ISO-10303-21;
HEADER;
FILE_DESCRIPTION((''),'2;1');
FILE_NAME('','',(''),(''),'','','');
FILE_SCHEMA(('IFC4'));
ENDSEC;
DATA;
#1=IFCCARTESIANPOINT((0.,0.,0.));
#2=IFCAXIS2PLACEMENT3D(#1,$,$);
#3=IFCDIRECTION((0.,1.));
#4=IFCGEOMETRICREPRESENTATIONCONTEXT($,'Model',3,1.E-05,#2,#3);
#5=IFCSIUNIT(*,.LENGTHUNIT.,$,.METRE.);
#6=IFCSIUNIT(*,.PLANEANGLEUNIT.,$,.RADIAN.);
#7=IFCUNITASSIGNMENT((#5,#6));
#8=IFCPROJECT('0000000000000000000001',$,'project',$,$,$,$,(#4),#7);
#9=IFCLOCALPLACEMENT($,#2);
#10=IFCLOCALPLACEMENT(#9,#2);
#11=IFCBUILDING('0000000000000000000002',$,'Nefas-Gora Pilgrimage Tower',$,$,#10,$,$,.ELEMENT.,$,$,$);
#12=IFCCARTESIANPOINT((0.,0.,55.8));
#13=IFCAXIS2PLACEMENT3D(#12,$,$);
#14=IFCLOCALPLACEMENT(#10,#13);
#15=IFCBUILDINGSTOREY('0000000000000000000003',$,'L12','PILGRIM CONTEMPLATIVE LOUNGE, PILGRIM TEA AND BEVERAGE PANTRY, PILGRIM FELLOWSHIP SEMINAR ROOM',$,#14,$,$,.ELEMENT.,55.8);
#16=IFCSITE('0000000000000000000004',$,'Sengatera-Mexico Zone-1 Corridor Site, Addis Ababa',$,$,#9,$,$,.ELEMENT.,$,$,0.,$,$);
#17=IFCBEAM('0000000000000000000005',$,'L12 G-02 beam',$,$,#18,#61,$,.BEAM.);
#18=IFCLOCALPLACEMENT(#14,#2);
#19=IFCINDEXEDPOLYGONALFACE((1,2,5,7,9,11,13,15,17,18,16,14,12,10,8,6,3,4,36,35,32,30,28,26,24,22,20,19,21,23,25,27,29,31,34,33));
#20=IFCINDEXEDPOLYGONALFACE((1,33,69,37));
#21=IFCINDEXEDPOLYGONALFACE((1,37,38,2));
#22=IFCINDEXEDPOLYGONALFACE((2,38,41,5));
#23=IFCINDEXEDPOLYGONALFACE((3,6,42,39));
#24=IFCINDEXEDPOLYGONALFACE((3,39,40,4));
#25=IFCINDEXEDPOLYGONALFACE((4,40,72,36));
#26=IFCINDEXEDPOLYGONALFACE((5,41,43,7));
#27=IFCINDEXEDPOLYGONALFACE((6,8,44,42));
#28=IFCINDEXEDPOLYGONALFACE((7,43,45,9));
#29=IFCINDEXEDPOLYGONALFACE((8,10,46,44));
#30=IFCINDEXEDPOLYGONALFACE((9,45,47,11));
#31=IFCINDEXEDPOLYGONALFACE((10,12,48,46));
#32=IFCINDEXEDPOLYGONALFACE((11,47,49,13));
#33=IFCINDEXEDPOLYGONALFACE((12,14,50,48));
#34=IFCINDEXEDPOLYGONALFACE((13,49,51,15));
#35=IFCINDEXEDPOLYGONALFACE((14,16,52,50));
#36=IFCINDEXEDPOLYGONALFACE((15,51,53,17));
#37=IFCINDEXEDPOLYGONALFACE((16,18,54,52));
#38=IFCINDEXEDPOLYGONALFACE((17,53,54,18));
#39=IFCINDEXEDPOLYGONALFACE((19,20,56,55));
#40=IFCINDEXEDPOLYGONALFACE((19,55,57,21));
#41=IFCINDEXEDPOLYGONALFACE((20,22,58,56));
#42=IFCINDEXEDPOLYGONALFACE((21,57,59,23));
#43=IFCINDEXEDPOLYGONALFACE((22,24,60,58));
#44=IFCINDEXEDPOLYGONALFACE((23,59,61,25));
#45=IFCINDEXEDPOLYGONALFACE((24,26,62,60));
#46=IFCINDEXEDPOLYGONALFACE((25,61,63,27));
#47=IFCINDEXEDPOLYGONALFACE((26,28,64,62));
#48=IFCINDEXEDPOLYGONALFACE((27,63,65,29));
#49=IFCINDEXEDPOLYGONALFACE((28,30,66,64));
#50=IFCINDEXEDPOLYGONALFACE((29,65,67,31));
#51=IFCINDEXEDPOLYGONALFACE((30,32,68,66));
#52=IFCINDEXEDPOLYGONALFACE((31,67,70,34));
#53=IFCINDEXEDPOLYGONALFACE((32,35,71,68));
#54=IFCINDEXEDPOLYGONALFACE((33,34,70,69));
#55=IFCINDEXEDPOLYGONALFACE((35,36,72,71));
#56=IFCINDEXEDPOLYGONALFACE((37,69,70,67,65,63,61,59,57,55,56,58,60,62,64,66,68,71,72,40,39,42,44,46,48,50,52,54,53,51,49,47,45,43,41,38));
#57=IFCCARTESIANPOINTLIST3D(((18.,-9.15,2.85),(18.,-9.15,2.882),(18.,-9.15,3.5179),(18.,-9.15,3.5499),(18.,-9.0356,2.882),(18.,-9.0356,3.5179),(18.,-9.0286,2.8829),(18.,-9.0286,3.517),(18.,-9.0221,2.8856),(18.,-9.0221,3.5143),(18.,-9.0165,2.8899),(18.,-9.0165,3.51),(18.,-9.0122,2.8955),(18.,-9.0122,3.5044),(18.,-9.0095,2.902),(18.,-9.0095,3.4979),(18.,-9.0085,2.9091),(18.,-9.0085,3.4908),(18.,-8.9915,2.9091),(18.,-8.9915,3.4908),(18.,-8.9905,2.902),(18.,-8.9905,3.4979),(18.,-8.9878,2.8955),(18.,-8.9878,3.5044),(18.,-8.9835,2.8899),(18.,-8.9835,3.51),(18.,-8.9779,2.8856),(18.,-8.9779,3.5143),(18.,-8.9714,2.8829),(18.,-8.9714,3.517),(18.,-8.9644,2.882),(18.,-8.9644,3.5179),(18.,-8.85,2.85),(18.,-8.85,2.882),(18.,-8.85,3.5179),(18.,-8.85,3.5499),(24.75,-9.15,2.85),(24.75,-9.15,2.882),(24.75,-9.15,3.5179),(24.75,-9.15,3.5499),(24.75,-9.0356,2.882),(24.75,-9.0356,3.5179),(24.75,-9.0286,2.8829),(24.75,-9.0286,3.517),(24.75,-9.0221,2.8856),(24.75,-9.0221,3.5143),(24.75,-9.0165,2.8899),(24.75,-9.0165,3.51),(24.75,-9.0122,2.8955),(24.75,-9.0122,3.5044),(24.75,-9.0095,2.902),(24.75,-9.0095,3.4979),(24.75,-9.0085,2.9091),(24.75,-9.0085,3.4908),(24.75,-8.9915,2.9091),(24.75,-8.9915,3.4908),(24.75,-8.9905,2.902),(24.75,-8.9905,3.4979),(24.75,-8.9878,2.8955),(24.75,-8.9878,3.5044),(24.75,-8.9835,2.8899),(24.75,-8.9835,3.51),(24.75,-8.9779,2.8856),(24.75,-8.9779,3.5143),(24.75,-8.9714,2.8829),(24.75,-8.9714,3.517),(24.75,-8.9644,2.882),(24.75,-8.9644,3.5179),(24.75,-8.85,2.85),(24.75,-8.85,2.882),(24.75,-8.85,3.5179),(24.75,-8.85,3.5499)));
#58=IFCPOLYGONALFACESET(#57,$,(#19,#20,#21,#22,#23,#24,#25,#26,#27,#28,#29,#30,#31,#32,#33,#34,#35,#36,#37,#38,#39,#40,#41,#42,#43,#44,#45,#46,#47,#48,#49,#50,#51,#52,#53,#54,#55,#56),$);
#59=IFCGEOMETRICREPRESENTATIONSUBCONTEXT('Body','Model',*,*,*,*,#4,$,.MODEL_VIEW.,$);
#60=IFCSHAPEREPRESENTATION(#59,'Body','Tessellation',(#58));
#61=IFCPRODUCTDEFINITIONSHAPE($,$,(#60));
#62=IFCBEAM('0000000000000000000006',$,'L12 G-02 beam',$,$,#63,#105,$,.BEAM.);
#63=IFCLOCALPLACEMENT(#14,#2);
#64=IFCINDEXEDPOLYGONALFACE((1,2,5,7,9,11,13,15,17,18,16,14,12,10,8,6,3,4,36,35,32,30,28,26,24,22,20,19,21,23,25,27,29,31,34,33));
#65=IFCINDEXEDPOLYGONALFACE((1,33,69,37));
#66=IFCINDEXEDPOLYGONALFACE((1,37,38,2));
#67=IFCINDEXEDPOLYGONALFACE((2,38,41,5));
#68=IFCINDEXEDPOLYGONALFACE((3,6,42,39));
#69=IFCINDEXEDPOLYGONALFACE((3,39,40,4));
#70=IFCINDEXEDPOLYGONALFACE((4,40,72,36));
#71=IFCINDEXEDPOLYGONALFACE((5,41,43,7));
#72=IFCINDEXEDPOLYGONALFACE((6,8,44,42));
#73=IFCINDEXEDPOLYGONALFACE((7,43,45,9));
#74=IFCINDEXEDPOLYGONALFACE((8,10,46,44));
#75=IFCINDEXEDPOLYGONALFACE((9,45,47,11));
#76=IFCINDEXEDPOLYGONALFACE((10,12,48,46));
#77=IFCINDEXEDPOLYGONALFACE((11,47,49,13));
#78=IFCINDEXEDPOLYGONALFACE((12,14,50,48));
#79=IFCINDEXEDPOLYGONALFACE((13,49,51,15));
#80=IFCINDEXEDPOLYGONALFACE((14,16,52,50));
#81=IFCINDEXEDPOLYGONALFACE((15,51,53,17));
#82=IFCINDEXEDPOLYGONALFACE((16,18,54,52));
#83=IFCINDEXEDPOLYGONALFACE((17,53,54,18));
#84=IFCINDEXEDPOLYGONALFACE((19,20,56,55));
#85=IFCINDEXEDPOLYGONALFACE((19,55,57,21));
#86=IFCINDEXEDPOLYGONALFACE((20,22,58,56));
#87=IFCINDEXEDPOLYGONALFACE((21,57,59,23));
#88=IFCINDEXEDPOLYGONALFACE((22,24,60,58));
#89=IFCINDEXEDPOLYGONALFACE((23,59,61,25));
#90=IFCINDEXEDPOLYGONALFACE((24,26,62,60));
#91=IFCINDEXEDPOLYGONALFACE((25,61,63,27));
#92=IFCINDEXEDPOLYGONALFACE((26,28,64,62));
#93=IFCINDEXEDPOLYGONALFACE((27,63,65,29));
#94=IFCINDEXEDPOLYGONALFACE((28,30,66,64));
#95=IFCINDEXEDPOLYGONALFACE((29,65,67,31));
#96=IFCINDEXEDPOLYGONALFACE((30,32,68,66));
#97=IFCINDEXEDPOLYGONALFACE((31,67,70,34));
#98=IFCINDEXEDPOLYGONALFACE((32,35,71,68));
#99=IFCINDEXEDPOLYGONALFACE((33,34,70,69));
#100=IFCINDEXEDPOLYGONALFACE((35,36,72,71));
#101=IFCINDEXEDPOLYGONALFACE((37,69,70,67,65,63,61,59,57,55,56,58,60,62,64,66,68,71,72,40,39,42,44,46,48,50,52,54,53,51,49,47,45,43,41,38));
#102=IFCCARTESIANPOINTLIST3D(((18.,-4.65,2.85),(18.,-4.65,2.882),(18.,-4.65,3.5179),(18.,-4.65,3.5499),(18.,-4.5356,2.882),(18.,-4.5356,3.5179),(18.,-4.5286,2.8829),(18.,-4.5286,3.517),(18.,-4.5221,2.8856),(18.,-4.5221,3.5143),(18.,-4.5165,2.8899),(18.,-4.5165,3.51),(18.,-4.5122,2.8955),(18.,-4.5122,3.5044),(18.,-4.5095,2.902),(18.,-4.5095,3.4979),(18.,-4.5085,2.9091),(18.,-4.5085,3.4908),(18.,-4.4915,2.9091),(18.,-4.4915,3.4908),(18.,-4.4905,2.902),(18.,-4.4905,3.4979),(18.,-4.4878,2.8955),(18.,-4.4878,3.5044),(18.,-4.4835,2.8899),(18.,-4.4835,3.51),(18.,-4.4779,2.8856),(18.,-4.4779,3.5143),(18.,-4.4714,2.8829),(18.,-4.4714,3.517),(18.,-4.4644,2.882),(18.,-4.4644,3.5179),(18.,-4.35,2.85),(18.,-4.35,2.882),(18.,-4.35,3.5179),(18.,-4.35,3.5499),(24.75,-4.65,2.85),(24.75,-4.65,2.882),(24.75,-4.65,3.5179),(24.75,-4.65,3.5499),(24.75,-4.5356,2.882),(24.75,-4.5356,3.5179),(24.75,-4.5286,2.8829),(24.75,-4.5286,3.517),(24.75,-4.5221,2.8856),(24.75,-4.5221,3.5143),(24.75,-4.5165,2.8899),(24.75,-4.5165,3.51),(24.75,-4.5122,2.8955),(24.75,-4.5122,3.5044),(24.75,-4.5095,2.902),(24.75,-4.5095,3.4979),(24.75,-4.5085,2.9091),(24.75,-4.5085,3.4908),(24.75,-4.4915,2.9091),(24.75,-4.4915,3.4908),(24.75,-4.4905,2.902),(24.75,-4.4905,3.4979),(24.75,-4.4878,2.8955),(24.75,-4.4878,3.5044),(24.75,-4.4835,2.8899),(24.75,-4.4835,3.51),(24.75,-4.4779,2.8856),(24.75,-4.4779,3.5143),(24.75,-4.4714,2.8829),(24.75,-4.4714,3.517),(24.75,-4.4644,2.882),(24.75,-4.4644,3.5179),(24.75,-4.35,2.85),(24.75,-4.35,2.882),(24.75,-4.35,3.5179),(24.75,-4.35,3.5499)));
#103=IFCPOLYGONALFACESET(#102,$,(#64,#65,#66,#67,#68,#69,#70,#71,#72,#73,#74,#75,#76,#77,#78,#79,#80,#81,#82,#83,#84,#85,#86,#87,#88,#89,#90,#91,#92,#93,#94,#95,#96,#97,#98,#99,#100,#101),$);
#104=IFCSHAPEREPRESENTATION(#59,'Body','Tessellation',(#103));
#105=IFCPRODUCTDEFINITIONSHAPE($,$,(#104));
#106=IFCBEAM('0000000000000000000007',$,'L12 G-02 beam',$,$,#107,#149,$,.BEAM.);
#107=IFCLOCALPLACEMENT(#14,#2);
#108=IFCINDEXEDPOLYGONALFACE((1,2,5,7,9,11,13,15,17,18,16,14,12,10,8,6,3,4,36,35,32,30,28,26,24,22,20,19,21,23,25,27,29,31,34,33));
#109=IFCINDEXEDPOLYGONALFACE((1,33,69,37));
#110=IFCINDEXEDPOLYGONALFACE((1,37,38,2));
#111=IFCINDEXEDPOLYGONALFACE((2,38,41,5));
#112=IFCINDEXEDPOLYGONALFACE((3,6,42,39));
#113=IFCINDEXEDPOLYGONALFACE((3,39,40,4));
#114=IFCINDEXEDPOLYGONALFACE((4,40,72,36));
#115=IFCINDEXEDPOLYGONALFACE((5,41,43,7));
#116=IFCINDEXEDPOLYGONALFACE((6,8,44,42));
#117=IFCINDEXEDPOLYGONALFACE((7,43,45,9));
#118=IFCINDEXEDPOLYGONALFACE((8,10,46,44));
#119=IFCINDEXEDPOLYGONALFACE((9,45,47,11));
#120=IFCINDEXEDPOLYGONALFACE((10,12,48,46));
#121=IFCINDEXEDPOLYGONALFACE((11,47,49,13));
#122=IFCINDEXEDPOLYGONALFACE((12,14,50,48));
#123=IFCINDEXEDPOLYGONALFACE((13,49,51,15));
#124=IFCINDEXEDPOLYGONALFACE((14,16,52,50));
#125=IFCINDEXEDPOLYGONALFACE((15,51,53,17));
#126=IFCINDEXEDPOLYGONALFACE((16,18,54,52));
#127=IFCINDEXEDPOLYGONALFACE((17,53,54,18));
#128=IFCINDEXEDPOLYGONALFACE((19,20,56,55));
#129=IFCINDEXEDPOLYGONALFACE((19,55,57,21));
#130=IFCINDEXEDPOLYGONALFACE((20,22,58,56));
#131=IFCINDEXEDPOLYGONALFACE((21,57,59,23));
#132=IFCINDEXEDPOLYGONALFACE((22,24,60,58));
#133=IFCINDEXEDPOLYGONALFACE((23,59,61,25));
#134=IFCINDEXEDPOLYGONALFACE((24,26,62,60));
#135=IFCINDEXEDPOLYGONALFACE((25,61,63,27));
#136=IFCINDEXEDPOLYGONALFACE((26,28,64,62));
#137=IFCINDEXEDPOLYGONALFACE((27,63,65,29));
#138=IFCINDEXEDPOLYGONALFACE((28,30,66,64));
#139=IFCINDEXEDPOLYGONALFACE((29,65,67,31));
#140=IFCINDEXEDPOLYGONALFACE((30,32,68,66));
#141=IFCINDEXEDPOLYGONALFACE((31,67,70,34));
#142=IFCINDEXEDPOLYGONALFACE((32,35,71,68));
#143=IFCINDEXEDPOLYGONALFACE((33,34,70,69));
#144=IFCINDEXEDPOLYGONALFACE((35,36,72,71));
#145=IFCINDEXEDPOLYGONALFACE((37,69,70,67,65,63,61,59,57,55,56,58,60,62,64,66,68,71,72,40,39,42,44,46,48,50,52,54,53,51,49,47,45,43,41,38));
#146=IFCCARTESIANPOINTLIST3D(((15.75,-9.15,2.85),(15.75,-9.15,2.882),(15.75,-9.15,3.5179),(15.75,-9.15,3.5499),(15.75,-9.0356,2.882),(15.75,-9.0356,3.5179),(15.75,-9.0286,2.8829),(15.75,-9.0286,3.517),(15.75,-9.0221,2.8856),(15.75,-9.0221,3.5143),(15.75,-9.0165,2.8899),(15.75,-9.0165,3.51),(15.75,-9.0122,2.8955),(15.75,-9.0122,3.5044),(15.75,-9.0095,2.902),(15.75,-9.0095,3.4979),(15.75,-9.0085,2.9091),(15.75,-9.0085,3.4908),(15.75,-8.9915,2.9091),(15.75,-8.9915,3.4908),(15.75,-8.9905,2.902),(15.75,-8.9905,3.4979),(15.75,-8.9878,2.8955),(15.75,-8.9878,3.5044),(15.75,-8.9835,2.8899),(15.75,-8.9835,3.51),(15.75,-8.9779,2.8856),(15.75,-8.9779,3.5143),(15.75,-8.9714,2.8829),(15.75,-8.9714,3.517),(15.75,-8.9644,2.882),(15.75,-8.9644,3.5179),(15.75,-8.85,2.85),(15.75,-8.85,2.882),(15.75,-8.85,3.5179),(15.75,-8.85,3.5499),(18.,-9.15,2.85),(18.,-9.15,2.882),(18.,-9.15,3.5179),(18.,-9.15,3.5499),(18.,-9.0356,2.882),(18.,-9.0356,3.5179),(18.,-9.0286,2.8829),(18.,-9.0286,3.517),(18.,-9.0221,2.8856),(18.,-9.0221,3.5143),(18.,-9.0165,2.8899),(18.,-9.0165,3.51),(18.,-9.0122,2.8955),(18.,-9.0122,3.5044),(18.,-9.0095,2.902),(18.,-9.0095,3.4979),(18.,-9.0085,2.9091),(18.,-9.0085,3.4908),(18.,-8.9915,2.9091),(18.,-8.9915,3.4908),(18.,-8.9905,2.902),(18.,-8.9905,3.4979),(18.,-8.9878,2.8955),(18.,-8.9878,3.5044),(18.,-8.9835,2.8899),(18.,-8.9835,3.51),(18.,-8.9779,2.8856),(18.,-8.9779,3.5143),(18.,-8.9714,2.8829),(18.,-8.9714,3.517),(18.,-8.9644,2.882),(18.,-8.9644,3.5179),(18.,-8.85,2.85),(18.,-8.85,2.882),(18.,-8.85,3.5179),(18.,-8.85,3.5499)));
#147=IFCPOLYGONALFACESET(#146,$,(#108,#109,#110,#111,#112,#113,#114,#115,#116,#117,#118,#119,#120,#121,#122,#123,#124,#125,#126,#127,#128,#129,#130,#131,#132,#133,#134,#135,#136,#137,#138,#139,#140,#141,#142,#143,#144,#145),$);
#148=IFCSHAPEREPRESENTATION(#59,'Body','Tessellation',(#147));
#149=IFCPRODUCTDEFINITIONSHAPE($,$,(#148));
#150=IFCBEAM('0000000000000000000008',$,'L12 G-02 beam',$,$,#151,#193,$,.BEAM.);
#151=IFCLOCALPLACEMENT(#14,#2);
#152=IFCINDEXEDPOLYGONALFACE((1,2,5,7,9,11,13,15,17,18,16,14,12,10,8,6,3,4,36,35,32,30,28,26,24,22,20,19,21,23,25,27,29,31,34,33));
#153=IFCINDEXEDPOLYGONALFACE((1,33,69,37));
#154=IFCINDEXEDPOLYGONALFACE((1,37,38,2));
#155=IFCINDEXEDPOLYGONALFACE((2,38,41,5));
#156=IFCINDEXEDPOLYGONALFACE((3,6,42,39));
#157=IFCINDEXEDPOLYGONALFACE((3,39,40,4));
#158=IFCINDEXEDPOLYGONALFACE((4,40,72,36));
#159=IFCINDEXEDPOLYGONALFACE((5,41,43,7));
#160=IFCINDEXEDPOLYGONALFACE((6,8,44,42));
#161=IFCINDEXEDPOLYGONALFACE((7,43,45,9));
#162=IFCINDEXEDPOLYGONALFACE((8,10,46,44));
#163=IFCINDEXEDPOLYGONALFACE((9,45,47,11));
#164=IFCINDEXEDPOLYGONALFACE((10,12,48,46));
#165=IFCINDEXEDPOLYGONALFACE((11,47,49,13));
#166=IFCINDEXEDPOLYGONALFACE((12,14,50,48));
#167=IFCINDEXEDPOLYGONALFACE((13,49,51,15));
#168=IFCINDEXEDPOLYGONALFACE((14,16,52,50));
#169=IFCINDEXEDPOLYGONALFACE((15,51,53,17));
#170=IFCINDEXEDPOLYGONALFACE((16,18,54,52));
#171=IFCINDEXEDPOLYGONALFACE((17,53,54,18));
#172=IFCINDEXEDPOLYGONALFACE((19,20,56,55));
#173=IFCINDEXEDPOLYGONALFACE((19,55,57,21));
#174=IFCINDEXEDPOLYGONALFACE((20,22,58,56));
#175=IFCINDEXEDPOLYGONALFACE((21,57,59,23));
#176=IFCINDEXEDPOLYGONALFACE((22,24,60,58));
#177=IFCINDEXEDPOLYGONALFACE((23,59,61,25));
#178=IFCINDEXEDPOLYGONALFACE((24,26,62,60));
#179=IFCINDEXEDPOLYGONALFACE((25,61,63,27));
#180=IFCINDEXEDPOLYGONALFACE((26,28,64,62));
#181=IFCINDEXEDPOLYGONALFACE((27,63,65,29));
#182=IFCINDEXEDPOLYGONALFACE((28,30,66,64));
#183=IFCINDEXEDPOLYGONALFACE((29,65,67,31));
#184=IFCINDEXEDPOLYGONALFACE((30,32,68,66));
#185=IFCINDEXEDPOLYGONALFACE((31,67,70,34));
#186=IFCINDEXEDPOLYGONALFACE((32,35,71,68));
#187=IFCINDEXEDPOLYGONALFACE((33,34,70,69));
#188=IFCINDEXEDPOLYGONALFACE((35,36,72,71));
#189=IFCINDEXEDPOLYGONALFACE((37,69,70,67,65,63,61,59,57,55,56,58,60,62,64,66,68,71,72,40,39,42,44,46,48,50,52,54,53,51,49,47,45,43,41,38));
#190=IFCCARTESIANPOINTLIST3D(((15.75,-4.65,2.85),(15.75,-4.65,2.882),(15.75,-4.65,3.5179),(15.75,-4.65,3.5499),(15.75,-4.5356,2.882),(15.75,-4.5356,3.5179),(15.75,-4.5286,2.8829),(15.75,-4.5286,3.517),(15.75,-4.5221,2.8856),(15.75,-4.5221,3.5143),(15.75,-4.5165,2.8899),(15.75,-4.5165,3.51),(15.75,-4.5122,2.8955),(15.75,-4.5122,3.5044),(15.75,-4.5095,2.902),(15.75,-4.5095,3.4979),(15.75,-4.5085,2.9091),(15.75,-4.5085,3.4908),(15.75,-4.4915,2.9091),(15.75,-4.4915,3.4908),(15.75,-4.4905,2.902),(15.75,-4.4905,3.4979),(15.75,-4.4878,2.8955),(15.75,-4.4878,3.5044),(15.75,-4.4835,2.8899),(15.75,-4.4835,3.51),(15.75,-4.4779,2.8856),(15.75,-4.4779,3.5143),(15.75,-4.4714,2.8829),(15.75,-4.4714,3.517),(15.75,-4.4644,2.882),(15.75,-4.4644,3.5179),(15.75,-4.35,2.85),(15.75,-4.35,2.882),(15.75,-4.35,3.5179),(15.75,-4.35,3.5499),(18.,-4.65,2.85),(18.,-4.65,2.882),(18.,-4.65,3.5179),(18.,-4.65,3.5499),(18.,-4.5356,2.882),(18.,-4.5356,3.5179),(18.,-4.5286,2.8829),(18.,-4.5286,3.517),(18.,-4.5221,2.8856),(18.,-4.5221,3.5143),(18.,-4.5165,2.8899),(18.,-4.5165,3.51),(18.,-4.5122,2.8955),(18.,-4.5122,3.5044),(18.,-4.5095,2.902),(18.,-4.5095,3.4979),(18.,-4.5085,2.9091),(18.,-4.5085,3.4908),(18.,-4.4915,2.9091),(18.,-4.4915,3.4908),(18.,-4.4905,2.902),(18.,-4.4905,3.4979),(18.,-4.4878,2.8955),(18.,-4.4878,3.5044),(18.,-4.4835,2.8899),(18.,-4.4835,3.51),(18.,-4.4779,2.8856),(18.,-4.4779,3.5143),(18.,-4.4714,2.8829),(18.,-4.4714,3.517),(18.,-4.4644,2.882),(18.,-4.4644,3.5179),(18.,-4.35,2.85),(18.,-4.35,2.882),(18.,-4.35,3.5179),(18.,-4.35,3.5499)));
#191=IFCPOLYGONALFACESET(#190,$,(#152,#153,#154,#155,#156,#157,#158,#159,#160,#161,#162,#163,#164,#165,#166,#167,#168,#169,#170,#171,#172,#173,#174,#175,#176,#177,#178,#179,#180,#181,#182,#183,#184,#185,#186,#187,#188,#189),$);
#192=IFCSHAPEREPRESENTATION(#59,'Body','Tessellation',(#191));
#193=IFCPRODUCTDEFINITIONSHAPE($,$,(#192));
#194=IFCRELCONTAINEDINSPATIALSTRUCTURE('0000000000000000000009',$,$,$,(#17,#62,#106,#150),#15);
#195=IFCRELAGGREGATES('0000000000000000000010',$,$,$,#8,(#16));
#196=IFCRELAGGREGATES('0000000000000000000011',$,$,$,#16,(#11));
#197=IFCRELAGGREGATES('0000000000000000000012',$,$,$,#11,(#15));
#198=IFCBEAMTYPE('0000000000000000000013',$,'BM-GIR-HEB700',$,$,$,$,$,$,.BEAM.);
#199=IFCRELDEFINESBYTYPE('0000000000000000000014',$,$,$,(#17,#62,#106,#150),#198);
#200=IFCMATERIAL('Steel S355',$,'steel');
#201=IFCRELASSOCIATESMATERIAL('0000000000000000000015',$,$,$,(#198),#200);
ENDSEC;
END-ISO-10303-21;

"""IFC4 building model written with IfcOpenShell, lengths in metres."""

from ifc_helpers import new_model, si_unit, direction, frame, origin, origin_2d, place, context, subcontext, project, spatial, i_section, extrude, source, transform, mapped, material, material_profile, profile_set, type_object, element, save


model = new_model("IFC4")

# Units and contexts
model_context = context("Model", 3, precision=1e-05, world=origin(), true_north=direction((0.0, 1.0)))
body_context = subcontext(model_context, "Body", "Model", "MODEL_VIEW")
ifc_project = project(units=[si_unit("LENGTHUNIT", "METRE"), si_unit("PLANEANGLEUNIT", "RADIAN")], contexts=[model_context])

# Site, building, storey
site_placement = place(None, origin())
site = spatial("IfcSite", under=ifc_project, at=site_placement, Name="Sengatera-Mexico Zone-1 Corridor Site, Addis Ababa", CompositionType="ELEMENT", RefElevation=0.0)
building_placement = place(site_placement, origin())
building = spatial("IfcBuilding", under=site, at=building_placement, Name="Nefas-Gora Pilgrimage Tower", CompositionType="ELEMENT")
storey_placement = place(building_placement, frame((0.0, 0.0, 55.8)))
storey = spatial("IfcBuildingStorey", under=building, at=storey_placement, Name="L12", Description="PILGRIM CONTEMPLATIVE LOUNGE, PILGRIM TEA AND BEVERAGE PANTRY, PILGRIM FELLOWSHIP SEMINAR ROOM", CompositionType="ELEMENT", Elevation=55.8)

# Beams
ifc_material_1 = material(Name="Steel S355", Category="steel")
ifc_material_profile_1 = material_profile(ifc_material_1, i_section(OverallWidth=0.3, OverallDepth=0.7, WebThickness=0.0171, FlangeThickness=0.032, FilletRadius=0.0271, at=origin_2d()), Name="HEB 700")
ifc_profile_set_1 = profile_set([ifc_material_profile_1], Name="Steel S355")
beam_type_1 = type_object("IfcBeamType", Name="BM-GIR-HEB700", PredefinedType="BEAM", material=ifc_profile_set_1)
shared_shape_1 = source(origin(), body_context, "Body", "SweptSolid", [
    extrude(i_section(OverallWidth=0.3, OverallDepth=0.7, WebThickness=0.0171, FlangeThickness=0.032, FilletRadius=0.0271, at=origin_2d()), origin(), (0.0, 0.0, 1.0), 6.75),
])
for number, where, z_axis, x_axis, name in (
    (1, (18.0, -9.0, 3.2), (1.0, 0.0, 0.0), (0.0, 1.0, 0.0), "L12 G-02 beam"),
    (2, (18.0, -4.5, 3.2), (1.0, 0.0, 0.0), (0.0, 1.0, 0.0), "L12 G-02 beam"),
):
    element("IfcBeam", number, at=place(storey_placement, frame(where, z_axis=z_axis, x_axis=x_axis)), inside=storey, type_object=beam_type_1, Name=name, PredefinedType="BEAM", context=body_context, shape_type="MappedRepresentation", body=[
        mapped(shared_shape_1, transform((0.0, 0.0, 0.0), x_axis=(1.0, 0.0, 0.0), y_axis=(0.0, 1.0, 0.0), z_axis=(0.0, 0.0, 1.0), scale=1.0)),
    ])
shared_shape_2 = source(origin(), body_context, "Body", "SweptSolid", [
    extrude(i_section(OverallWidth=0.3, OverallDepth=0.7, WebThickness=0.0171, FlangeThickness=0.032, FilletRadius=0.0271, at=origin_2d()), origin(), (0.0, 0.0, 1.0), 2.25),
])
for number, where, z_axis, x_axis, name in (
    (3, (15.75, -9.0, 3.2), (1.0, 0.0, 0.0), (0.0, 1.0, 0.0), "L12 G-02 beam"),
    (4, (15.75, -4.5, 3.2), (1.0, 0.0, 0.0), (0.0, 1.0, 0.0), "L12 G-02 beam"),
):
    element("IfcBeam", number, at=place(storey_placement, frame(where, z_axis=z_axis, x_axis=x_axis)), inside=storey, type_object=beam_type_1, Name=name, PredefinedType="BEAM", context=body_context, shape_type="MappedRepresentation", body=[
        mapped(shared_shape_2, transform((0.0, 0.0, 0.0), x_axis=(1.0, 0.0, 0.0), y_axis=(0.0, 1.0, 0.0), z_axis=(0.0, 0.0, 1.0), scale=1.0)),
    ])

save(model, "model.ifc")
